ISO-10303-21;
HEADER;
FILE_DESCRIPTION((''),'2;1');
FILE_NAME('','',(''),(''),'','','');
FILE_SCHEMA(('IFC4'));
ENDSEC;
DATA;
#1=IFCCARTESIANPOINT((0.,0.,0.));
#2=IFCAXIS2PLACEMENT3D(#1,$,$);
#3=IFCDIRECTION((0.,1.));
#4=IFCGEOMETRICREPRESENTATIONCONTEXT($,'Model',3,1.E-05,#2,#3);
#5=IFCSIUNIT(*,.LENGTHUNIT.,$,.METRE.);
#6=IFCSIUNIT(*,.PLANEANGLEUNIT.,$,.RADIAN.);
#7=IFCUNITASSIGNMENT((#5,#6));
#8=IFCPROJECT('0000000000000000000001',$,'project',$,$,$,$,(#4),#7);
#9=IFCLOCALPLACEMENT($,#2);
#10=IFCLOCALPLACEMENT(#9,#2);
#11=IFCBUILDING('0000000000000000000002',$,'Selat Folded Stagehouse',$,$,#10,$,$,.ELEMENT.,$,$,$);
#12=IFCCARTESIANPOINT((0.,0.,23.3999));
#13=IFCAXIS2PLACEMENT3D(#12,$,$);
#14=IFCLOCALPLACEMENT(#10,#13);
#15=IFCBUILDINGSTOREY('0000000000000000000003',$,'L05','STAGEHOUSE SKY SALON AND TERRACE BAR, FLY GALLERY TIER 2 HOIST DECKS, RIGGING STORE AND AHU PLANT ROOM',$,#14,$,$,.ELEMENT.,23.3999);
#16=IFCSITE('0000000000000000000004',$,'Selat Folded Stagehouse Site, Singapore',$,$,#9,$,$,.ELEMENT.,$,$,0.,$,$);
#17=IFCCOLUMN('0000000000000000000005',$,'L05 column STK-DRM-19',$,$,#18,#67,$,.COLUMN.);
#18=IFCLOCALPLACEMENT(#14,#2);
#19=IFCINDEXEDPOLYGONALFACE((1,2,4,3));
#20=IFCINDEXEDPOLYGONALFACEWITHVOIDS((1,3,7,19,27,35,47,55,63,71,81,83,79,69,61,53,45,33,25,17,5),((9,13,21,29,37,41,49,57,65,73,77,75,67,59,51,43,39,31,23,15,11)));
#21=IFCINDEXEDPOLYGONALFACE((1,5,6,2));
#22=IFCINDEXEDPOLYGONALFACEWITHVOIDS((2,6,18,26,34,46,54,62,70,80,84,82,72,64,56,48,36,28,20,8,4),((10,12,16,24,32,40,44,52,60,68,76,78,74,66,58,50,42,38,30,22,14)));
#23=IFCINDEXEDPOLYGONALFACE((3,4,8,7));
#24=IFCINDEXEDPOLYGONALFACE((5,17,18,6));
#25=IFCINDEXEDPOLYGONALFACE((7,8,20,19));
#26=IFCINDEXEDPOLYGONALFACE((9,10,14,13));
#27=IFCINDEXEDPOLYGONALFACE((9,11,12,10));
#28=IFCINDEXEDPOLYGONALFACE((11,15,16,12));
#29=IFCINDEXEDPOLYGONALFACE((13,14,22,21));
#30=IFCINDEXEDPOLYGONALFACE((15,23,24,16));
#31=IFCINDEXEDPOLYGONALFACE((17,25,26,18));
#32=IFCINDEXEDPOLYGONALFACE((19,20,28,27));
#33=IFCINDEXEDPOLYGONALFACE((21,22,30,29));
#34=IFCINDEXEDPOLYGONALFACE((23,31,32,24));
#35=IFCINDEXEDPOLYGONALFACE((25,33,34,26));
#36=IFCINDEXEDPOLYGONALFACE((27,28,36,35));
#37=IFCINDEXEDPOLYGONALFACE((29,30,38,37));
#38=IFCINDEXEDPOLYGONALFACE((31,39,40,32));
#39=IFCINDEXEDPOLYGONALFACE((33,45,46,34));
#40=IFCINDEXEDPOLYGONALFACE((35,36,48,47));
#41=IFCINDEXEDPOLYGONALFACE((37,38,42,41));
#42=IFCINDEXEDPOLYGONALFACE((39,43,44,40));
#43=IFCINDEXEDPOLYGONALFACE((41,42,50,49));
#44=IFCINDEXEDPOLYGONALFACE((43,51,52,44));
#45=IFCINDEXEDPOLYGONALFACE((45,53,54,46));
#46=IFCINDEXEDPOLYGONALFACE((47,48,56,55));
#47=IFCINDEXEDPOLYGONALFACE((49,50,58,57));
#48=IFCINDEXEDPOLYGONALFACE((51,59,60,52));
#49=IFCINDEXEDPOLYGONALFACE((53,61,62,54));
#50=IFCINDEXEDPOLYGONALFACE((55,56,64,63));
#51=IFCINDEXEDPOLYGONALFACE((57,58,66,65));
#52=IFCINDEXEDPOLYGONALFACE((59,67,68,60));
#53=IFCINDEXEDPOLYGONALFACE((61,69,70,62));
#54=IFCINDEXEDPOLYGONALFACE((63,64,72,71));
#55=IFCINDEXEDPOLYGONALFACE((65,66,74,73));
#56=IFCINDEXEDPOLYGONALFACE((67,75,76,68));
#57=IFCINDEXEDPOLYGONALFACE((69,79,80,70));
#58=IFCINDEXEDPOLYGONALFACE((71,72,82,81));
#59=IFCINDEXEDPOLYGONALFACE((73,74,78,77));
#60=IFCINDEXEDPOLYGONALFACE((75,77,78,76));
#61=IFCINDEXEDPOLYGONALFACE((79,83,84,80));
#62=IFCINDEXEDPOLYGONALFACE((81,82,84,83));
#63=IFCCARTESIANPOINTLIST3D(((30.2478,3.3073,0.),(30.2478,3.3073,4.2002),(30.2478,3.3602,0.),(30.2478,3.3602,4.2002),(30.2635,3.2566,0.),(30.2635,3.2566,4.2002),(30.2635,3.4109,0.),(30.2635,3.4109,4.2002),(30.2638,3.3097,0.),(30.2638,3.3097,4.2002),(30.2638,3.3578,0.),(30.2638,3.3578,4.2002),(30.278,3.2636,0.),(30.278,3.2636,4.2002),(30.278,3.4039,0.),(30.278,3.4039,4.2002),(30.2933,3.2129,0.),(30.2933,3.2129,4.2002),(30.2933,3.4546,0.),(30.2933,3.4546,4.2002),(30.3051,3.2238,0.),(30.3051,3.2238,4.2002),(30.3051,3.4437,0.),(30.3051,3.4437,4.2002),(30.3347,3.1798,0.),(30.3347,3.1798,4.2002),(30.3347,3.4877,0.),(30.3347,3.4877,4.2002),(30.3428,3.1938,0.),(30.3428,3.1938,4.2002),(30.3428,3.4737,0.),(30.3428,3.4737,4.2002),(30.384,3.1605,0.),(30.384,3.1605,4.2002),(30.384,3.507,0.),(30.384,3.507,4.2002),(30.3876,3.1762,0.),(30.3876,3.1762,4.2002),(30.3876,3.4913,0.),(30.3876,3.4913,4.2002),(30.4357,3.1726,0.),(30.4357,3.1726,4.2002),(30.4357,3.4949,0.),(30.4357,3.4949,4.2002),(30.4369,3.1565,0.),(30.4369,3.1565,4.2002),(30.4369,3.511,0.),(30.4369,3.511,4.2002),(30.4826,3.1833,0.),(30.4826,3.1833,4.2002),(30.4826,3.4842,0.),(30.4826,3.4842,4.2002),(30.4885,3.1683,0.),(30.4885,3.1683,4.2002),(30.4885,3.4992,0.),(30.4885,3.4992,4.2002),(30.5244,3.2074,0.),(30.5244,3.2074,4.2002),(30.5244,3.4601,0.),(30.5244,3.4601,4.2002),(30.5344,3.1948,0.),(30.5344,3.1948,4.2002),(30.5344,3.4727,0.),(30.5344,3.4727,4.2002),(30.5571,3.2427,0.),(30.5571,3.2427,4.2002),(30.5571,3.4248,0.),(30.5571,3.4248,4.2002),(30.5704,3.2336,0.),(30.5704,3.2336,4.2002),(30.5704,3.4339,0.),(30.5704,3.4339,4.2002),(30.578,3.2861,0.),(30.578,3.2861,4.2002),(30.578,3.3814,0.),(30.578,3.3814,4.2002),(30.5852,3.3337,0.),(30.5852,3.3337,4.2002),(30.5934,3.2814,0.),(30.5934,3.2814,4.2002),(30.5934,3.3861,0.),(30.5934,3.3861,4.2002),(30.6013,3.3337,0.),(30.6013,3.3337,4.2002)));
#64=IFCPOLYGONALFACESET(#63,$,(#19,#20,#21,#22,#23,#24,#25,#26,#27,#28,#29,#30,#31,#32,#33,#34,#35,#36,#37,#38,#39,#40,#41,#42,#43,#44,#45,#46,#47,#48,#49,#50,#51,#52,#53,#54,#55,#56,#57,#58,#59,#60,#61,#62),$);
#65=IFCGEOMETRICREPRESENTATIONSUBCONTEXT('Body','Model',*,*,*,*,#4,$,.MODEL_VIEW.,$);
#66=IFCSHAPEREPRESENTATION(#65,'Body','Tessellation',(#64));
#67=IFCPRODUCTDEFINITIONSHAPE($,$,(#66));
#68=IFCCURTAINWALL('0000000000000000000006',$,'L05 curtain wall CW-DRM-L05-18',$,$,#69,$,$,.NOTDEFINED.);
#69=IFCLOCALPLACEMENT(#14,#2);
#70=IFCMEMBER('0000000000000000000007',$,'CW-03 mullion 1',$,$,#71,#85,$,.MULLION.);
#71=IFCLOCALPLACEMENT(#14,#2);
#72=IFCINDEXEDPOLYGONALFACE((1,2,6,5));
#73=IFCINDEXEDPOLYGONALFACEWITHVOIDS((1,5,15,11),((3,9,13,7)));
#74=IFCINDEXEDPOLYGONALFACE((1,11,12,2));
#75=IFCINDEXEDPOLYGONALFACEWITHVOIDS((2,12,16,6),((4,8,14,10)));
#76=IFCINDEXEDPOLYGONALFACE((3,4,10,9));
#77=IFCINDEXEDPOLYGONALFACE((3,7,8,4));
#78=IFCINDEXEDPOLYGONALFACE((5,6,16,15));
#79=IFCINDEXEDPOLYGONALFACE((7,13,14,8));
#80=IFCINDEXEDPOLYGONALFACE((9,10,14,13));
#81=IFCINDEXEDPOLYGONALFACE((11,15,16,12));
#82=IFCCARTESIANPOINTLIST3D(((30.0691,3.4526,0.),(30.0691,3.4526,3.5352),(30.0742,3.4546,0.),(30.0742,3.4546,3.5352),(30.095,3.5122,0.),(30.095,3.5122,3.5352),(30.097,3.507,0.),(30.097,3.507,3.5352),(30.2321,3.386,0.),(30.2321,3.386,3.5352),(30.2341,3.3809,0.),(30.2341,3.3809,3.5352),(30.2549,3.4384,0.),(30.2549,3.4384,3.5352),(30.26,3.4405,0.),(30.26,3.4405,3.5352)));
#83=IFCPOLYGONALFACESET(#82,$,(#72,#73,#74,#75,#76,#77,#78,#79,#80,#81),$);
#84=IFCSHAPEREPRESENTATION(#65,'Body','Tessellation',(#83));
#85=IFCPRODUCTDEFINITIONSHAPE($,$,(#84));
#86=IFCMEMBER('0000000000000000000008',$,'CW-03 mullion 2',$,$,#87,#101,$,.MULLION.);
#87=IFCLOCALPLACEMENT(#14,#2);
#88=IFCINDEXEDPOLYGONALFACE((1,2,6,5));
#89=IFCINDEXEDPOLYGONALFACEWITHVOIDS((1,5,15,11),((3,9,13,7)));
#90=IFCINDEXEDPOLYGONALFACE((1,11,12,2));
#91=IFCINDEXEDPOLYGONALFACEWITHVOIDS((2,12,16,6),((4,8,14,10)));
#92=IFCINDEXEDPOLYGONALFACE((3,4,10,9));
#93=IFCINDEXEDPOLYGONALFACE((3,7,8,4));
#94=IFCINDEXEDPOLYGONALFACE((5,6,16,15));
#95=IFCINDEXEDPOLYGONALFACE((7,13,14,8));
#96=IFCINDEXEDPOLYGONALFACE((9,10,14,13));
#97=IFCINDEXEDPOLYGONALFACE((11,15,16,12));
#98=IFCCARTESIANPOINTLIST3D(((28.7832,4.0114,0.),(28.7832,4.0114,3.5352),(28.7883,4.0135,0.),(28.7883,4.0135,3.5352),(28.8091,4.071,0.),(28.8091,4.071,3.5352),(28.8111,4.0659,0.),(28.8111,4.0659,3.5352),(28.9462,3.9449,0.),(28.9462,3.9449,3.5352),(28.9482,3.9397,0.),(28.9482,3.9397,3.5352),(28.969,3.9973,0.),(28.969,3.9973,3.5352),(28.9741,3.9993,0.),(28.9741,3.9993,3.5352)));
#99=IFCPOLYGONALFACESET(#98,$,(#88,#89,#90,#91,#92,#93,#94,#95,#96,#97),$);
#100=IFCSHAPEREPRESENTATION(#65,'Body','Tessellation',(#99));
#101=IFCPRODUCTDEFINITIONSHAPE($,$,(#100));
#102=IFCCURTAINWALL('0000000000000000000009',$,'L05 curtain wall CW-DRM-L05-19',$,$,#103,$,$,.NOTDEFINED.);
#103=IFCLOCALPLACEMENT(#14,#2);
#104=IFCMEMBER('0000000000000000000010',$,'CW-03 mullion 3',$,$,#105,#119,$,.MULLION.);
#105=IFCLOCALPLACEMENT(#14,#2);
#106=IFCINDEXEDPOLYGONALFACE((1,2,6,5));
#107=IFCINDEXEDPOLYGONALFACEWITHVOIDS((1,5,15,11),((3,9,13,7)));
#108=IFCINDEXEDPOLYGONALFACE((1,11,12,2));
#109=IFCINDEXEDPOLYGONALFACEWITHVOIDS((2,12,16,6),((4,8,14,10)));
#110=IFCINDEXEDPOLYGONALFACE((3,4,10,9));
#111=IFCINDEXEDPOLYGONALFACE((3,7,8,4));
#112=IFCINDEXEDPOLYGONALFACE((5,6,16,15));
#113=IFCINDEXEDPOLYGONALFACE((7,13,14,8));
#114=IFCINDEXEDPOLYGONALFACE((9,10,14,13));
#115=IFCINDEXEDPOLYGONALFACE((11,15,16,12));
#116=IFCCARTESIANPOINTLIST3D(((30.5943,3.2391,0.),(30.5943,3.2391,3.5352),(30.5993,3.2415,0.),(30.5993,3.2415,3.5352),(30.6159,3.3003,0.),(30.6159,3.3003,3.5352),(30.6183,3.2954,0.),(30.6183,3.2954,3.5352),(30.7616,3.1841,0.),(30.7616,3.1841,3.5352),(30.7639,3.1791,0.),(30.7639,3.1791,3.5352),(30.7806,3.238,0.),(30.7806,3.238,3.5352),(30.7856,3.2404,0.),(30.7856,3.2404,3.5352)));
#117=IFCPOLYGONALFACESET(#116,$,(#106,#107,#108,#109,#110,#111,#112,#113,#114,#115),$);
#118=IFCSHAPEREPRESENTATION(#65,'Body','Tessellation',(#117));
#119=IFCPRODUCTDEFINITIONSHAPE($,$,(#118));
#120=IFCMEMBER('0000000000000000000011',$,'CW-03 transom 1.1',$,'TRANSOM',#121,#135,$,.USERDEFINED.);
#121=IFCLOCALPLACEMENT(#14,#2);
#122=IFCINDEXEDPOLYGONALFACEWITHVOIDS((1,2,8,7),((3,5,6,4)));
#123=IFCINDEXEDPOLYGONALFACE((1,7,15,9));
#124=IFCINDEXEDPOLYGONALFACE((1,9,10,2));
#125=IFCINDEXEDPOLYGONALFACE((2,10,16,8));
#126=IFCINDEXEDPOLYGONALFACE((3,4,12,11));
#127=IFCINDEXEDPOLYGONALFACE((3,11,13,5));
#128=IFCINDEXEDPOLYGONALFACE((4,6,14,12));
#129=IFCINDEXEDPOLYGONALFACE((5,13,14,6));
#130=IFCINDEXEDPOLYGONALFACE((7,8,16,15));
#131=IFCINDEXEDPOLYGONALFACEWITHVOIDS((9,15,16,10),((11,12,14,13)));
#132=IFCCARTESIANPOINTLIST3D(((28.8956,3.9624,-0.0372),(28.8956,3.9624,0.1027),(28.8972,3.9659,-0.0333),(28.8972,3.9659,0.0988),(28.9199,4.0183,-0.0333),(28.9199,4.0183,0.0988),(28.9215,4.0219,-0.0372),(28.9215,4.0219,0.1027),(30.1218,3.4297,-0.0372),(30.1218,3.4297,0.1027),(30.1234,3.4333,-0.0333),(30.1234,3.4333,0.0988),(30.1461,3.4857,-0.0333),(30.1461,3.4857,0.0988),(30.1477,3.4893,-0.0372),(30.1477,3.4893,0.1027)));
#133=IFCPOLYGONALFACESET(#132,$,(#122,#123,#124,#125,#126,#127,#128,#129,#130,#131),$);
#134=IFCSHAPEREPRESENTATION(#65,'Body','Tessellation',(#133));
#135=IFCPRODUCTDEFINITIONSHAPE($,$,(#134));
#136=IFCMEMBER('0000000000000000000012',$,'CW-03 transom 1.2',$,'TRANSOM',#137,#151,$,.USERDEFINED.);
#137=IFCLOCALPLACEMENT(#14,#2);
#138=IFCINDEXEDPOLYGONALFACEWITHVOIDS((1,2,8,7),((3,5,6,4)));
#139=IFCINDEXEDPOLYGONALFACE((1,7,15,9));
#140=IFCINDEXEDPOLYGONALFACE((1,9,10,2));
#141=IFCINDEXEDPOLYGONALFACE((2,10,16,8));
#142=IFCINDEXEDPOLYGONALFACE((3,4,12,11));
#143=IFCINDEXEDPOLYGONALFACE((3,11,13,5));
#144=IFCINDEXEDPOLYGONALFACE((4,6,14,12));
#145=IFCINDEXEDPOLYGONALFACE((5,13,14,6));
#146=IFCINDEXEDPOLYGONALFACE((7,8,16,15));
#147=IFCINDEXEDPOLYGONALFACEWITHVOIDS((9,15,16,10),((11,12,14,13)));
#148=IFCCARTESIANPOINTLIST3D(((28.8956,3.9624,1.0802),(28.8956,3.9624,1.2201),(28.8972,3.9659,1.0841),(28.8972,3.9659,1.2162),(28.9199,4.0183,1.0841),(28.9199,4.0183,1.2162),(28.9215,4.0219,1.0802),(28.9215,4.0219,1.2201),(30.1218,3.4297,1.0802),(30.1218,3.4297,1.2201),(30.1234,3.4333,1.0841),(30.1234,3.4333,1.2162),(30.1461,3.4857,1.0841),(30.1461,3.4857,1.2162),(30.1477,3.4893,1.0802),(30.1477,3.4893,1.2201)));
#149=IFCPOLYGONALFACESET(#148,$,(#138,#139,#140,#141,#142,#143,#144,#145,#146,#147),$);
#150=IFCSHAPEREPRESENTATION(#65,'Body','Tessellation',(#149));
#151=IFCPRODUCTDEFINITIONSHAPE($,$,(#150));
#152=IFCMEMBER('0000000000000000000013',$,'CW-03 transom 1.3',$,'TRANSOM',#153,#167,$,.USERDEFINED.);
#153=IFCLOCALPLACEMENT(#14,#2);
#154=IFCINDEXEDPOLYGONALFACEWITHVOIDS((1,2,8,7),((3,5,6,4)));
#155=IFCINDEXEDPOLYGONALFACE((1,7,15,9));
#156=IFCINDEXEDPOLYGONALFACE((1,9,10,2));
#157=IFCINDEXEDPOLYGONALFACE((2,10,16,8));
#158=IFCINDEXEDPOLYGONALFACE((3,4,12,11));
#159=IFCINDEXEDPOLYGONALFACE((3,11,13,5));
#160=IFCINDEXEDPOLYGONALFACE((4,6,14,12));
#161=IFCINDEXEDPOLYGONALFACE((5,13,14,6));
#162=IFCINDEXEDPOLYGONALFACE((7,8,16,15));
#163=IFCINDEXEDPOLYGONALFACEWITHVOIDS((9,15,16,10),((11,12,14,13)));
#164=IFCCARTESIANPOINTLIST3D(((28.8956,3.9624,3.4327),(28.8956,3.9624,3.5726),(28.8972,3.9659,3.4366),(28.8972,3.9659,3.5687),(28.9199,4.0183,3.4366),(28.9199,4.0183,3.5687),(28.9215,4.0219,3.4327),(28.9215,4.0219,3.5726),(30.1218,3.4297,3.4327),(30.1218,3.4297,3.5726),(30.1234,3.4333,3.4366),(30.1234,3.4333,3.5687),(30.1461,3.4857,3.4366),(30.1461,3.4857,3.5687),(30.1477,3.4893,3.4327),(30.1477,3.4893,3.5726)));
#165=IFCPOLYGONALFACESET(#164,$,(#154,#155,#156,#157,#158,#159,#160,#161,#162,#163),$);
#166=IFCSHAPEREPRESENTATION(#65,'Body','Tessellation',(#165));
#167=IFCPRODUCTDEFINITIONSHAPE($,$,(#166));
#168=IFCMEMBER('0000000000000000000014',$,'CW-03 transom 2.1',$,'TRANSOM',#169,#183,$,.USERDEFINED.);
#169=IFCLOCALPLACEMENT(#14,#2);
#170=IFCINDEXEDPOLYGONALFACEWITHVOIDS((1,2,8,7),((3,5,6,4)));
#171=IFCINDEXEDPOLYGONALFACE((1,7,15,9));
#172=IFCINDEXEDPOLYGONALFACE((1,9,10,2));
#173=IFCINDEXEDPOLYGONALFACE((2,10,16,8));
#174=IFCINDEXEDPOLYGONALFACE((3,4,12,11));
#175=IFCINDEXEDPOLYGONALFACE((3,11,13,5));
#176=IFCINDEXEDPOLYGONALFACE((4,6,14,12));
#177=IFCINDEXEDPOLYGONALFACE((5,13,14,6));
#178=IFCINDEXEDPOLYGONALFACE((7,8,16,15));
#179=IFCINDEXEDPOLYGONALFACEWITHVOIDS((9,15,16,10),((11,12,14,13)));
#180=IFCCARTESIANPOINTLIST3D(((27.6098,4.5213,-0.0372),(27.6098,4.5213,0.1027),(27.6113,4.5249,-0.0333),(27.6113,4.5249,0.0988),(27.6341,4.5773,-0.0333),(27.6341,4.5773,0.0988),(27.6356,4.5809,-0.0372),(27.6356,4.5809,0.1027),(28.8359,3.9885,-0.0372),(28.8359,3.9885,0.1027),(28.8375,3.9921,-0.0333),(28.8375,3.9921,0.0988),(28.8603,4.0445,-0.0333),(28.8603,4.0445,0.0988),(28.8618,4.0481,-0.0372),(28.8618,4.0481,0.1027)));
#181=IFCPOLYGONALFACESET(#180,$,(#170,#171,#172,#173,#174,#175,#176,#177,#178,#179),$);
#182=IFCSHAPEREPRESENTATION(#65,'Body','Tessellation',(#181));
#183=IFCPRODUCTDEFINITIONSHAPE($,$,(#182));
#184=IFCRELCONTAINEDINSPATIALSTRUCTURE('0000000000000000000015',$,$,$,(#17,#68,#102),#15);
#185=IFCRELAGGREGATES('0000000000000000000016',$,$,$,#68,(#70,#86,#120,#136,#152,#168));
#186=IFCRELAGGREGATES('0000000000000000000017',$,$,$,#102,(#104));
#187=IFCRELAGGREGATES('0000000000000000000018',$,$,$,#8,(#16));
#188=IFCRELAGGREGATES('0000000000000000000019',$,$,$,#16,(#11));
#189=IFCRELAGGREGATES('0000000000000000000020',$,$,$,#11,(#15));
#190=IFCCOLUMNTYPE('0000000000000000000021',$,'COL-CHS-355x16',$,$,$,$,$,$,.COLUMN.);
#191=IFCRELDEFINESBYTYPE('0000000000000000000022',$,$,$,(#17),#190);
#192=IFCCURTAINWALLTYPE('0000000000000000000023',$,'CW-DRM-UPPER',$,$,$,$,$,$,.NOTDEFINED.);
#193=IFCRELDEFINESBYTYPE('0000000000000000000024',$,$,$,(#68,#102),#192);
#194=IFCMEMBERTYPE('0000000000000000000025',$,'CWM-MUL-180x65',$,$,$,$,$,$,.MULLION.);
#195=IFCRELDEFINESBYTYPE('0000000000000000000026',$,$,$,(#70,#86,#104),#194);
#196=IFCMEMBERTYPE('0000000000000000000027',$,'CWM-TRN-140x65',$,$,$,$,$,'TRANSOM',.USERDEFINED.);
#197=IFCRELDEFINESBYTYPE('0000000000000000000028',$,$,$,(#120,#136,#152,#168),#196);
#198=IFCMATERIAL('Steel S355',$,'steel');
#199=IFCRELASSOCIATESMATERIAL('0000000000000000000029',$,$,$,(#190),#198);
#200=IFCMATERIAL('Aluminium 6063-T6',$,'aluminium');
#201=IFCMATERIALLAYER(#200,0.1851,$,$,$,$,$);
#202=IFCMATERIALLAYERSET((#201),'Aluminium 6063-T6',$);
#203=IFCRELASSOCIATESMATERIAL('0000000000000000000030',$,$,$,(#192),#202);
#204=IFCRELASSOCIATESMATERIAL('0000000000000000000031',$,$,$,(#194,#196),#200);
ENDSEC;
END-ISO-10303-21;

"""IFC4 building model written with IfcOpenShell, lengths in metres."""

from ifc_helpers import new_model, si_unit, direction, frame, origin, origin_2d, place, context, subcontext, project, spatial, hollow_rectangle, hollow_circle, extrude, material, layer, layer_set, material_profile, profile_set, type_object, element, aggregate, save


model = new_model("IFC4")

# Units and contexts
model_context = context("Model", 3, precision=1e-05, world=origin(), true_north=direction((0.0, 1.0)))
body_context = subcontext(model_context, "Body", "Model", "MODEL_VIEW")
ifc_project = project(units=[si_unit("LENGTHUNIT", "METRE"), si_unit("PLANEANGLEUNIT", "RADIAN")], contexts=[model_context])

# Site, building, storey
site_placement = place(None, origin())
site = spatial("IfcSite", under=ifc_project, at=site_placement, Name="Selat Folded Stagehouse Site, Singapore", CompositionType="ELEMENT", RefElevation=0.0)
building_placement = place(site_placement, origin())
building = spatial("IfcBuilding", under=site, at=building_placement, Name="Selat Folded Stagehouse", CompositionType="ELEMENT")
storey_placement = place(building_placement, frame((0.0, 0.0, 23.3999)))
storey = spatial("IfcBuildingStorey", under=building, at=storey_placement, Name="L05", Description="STAGEHOUSE SKY SALON AND TERRACE BAR, FLY GALLERY TIER 2 HOIST DECKS, RIGGING STORE AND AHU PLANT ROOM", CompositionType="ELEMENT", Elevation=23.3999)

# Column
ifc_material_1 = material(Name="Steel S355", Category="steel")
ifc_material_profile_1 = material_profile(ifc_material_1, hollow_circle(Radius=0.1777, WallThickness=0.0161, at=origin_2d()), Name="CHS 355.6x16.0")
ifc_profile_set_1 = profile_set([ifc_material_profile_1], Name="Steel S355")
column_type = type_object("IfcColumnType", Name="COL-CHS-355x16", PredefinedType="COLUMN", material=ifc_profile_set_1)
column_placement = place(storey_placement, frame((30.4236, 3.3337, 0.0), z_axis=(0.0, 0.0, 1.0), x_axis=(1.0, 0.0, 0.0)))
element("IfcColumn", 1, at=column_placement, inside=storey, type_object=column_type, Name="L05 column STK-DRM-19", PredefinedType="COLUMN", context=body_context, shape_type="SweptSolid", body=[
    extrude(hollow_circle(Radius=0.1777, WallThickness=0.0161, at=origin_2d()), origin(), (0.0, 0.0, 1.0), 4.2002),
])

# Curtain wall, members
ifc_material_2 = material(Name="Aluminium 6063-T6", Category="aluminium")
ifc_layer_1 = layer(ifc_material_2, 0.1851)
ifc_layer_set_1 = layer_set([ifc_layer_1], Name="Aluminium 6063-T6")
curtain_wall_type = type_object("IfcCurtainWallType", Name="CW-DRM-UPPER", PredefinedType="NOTDEFINED", material=ifc_layer_set_1)
curtain_wall_1_placement = place(storey_placement, origin())
curtain_wall_1 = element("IfcCurtainWall", 2, at=curtain_wall_1_placement, inside=storey, type_object=curtain_wall_type, Name="L05 curtain wall CW-DRM-L05-18", PredefinedType="NOTDEFINED")
ifc_material_profile_2 = material_profile(ifc_material_2, hollow_rectangle(XDim=0.0649, YDim=0.1799, WallThickness=0.0039, at=origin_2d()), Name="ALU 180x65x4.0")
ifc_profile_set_2 = profile_set([ifc_material_profile_2], Name="Aluminium 6063-T6")
member_type_1 = type_object("IfcMemberType", Name="CWM-MUL-180x65", PredefinedType="MULLION", material=ifc_profile_set_2)
member_1_placement = place(storey_placement, frame((30.1646, 3.4465, 0.0), z_axis=(0.0, 0.0, 1.0), x_axis=(-0.39858, -0.917134, 0.0)))
member_1 = element("IfcMember", 3, at=member_1_placement, type_object=member_type_1, Name="CW-03 mullion 1", PredefinedType="MULLION", context=body_context, shape_type="SweptSolid", body=[
    extrude(hollow_rectangle(XDim=0.0649, YDim=0.1799, WallThickness=0.0039, at=origin_2d()), origin(), (0.0, 0.0, 1.0), 3.5352),
])
member_2_placement = place(storey_placement, frame((28.8787, 4.0054, 0.0), z_axis=(0.0, 0.0, 1.0), x_axis=(-0.39858, -0.917134, 0.0)))
member_2 = element("IfcMember", 4, at=member_2_placement, type_object=member_type_1, Name="CW-03 mullion 2", PredefinedType="MULLION", context=body_context, shape_type="SweptSolid", body=[
    extrude(hollow_rectangle(XDim=0.0649, YDim=0.1799, WallThickness=0.0039, at=origin_2d()), origin(), (0.0, 0.0, 1.0), 3.5352),
])

# Curtain wall, member
curtain_wall_2_placement = place(storey_placement, origin())
curtain_wall_2 = element("IfcCurtainWall", 5, at=curtain_wall_2_placement, inside=storey, type_object=curtain_wall_type, Name="L05 curtain wall CW-DRM-L05-19", PredefinedType="NOTDEFINED")
member_3_placement = place(storey_placement, frame((30.6899, 3.2397, 0.0), z_axis=(0.0, 0.0, 1.0), x_axis=(-0.333314, -0.942816, 0.0)))
member_3 = element("IfcMember", 6, at=member_3_placement, type_object=member_type_1, Name="CW-03 mullion 3", PredefinedType="MULLION", context=body_context, shape_type="SweptSolid", body=[
    extrude(hollow_rectangle(XDim=0.0649, YDim=0.1799, WallThickness=0.0039, at=origin_2d()), origin(), (0.0, 0.0, 1.0), 3.5352),
])

# Members
ifc_material_profile_3 = material_profile(ifc_material_2, hollow_rectangle(XDim=0.0649, YDim=0.1399, WallThickness=0.0039, at=origin_2d()), Name="ALU 140x65x4.0")
ifc_profile_set_3 = profile_set([ifc_material_profile_3], Name="Aluminium 6063-T6")
member_type_2 = type_object("IfcMemberType", Name="CWM-TRN-140x65", ElementType="TRANSOM", PredefinedType="USERDEFINED", material=ifc_profile_set_3)
member_4_placement = place(storey_placement, frame((30.1348, 3.4595, 0.0327), z_axis=(-0.917198, 0.398432, 0.0), x_axis=(-0.398432, -0.917198, 0.0)))
member_4 = element("IfcMember", 7, at=member_4_placement, type_object=member_type_2, Name="CW-03 transom 1.1", ObjectType="TRANSOM", PredefinedType="USERDEFINED", context=body_context, shape_type="SweptSolid", body=[
    extrude(hollow_rectangle(XDim=0.0649, YDim=0.1399, WallThickness=0.0039, at=origin_2d()), origin(), (0.0, 0.0, 1.0), 1.3369),
])
member_5_placement = place(storey_placement, frame((30.1348, 3.4595, 1.1501), z_axis=(-0.917198, 0.398432, 0.0), x_axis=(-0.398432, -0.917198, 0.0)))
member_5 = element("IfcMember", 8, at=member_5_placement, type_object=member_type_2, Name="CW-03 transom 1.2", ObjectType="TRANSOM", PredefinedType="USERDEFINED", context=body_context, shape_type="SweptSolid", body=[
    extrude(hollow_rectangle(XDim=0.0649, YDim=0.1399, WallThickness=0.0039, at=origin_2d()), origin(), (0.0, 0.0, 1.0), 1.3369),
])
member_6_placement = place(storey_placement, frame((30.1348, 3.4595, 3.5027), z_axis=(-0.917198, 0.398432, 0.0), x_axis=(-0.398432, -0.917198, 0.0)))
member_6 = element("IfcMember", 9, at=member_6_placement, type_object=member_type_2, Name="CW-03 transom 1.3", ObjectType="TRANSOM", PredefinedType="USERDEFINED", context=body_context, shape_type="SweptSolid", body=[
    extrude(hollow_rectangle(XDim=0.0649, YDim=0.1399, WallThickness=0.0039, at=origin_2d()), origin(), (0.0, 0.0, 1.0), 1.3369),
])
member_7_placement = place(storey_placement, frame((28.8489, 4.0183, 0.0327), z_axis=(-0.917169, 0.398499, 0.0), x_axis=(-0.398499, -0.917169, 0.0)))
member_7 = element("IfcMember", 10, at=member_7_placement, type_object=member_type_2, Name="CW-03 transom 2.1", ObjectType="TRANSOM", PredefinedType="USERDEFINED", context=body_context, shape_type="SweptSolid", body=[
    extrude(hollow_rectangle(XDim=0.0649, YDim=0.1399, WallThickness=0.0039, at=origin_2d()), origin(), (0.0, 0.0, 1.0), 1.3369),
])

aggregate(curtain_wall_1, [member_1, member_2, member_4, member_5, member_6, member_7])
aggregate(curtain_wall_2, [member_3])

save(model, "model.ifc")
